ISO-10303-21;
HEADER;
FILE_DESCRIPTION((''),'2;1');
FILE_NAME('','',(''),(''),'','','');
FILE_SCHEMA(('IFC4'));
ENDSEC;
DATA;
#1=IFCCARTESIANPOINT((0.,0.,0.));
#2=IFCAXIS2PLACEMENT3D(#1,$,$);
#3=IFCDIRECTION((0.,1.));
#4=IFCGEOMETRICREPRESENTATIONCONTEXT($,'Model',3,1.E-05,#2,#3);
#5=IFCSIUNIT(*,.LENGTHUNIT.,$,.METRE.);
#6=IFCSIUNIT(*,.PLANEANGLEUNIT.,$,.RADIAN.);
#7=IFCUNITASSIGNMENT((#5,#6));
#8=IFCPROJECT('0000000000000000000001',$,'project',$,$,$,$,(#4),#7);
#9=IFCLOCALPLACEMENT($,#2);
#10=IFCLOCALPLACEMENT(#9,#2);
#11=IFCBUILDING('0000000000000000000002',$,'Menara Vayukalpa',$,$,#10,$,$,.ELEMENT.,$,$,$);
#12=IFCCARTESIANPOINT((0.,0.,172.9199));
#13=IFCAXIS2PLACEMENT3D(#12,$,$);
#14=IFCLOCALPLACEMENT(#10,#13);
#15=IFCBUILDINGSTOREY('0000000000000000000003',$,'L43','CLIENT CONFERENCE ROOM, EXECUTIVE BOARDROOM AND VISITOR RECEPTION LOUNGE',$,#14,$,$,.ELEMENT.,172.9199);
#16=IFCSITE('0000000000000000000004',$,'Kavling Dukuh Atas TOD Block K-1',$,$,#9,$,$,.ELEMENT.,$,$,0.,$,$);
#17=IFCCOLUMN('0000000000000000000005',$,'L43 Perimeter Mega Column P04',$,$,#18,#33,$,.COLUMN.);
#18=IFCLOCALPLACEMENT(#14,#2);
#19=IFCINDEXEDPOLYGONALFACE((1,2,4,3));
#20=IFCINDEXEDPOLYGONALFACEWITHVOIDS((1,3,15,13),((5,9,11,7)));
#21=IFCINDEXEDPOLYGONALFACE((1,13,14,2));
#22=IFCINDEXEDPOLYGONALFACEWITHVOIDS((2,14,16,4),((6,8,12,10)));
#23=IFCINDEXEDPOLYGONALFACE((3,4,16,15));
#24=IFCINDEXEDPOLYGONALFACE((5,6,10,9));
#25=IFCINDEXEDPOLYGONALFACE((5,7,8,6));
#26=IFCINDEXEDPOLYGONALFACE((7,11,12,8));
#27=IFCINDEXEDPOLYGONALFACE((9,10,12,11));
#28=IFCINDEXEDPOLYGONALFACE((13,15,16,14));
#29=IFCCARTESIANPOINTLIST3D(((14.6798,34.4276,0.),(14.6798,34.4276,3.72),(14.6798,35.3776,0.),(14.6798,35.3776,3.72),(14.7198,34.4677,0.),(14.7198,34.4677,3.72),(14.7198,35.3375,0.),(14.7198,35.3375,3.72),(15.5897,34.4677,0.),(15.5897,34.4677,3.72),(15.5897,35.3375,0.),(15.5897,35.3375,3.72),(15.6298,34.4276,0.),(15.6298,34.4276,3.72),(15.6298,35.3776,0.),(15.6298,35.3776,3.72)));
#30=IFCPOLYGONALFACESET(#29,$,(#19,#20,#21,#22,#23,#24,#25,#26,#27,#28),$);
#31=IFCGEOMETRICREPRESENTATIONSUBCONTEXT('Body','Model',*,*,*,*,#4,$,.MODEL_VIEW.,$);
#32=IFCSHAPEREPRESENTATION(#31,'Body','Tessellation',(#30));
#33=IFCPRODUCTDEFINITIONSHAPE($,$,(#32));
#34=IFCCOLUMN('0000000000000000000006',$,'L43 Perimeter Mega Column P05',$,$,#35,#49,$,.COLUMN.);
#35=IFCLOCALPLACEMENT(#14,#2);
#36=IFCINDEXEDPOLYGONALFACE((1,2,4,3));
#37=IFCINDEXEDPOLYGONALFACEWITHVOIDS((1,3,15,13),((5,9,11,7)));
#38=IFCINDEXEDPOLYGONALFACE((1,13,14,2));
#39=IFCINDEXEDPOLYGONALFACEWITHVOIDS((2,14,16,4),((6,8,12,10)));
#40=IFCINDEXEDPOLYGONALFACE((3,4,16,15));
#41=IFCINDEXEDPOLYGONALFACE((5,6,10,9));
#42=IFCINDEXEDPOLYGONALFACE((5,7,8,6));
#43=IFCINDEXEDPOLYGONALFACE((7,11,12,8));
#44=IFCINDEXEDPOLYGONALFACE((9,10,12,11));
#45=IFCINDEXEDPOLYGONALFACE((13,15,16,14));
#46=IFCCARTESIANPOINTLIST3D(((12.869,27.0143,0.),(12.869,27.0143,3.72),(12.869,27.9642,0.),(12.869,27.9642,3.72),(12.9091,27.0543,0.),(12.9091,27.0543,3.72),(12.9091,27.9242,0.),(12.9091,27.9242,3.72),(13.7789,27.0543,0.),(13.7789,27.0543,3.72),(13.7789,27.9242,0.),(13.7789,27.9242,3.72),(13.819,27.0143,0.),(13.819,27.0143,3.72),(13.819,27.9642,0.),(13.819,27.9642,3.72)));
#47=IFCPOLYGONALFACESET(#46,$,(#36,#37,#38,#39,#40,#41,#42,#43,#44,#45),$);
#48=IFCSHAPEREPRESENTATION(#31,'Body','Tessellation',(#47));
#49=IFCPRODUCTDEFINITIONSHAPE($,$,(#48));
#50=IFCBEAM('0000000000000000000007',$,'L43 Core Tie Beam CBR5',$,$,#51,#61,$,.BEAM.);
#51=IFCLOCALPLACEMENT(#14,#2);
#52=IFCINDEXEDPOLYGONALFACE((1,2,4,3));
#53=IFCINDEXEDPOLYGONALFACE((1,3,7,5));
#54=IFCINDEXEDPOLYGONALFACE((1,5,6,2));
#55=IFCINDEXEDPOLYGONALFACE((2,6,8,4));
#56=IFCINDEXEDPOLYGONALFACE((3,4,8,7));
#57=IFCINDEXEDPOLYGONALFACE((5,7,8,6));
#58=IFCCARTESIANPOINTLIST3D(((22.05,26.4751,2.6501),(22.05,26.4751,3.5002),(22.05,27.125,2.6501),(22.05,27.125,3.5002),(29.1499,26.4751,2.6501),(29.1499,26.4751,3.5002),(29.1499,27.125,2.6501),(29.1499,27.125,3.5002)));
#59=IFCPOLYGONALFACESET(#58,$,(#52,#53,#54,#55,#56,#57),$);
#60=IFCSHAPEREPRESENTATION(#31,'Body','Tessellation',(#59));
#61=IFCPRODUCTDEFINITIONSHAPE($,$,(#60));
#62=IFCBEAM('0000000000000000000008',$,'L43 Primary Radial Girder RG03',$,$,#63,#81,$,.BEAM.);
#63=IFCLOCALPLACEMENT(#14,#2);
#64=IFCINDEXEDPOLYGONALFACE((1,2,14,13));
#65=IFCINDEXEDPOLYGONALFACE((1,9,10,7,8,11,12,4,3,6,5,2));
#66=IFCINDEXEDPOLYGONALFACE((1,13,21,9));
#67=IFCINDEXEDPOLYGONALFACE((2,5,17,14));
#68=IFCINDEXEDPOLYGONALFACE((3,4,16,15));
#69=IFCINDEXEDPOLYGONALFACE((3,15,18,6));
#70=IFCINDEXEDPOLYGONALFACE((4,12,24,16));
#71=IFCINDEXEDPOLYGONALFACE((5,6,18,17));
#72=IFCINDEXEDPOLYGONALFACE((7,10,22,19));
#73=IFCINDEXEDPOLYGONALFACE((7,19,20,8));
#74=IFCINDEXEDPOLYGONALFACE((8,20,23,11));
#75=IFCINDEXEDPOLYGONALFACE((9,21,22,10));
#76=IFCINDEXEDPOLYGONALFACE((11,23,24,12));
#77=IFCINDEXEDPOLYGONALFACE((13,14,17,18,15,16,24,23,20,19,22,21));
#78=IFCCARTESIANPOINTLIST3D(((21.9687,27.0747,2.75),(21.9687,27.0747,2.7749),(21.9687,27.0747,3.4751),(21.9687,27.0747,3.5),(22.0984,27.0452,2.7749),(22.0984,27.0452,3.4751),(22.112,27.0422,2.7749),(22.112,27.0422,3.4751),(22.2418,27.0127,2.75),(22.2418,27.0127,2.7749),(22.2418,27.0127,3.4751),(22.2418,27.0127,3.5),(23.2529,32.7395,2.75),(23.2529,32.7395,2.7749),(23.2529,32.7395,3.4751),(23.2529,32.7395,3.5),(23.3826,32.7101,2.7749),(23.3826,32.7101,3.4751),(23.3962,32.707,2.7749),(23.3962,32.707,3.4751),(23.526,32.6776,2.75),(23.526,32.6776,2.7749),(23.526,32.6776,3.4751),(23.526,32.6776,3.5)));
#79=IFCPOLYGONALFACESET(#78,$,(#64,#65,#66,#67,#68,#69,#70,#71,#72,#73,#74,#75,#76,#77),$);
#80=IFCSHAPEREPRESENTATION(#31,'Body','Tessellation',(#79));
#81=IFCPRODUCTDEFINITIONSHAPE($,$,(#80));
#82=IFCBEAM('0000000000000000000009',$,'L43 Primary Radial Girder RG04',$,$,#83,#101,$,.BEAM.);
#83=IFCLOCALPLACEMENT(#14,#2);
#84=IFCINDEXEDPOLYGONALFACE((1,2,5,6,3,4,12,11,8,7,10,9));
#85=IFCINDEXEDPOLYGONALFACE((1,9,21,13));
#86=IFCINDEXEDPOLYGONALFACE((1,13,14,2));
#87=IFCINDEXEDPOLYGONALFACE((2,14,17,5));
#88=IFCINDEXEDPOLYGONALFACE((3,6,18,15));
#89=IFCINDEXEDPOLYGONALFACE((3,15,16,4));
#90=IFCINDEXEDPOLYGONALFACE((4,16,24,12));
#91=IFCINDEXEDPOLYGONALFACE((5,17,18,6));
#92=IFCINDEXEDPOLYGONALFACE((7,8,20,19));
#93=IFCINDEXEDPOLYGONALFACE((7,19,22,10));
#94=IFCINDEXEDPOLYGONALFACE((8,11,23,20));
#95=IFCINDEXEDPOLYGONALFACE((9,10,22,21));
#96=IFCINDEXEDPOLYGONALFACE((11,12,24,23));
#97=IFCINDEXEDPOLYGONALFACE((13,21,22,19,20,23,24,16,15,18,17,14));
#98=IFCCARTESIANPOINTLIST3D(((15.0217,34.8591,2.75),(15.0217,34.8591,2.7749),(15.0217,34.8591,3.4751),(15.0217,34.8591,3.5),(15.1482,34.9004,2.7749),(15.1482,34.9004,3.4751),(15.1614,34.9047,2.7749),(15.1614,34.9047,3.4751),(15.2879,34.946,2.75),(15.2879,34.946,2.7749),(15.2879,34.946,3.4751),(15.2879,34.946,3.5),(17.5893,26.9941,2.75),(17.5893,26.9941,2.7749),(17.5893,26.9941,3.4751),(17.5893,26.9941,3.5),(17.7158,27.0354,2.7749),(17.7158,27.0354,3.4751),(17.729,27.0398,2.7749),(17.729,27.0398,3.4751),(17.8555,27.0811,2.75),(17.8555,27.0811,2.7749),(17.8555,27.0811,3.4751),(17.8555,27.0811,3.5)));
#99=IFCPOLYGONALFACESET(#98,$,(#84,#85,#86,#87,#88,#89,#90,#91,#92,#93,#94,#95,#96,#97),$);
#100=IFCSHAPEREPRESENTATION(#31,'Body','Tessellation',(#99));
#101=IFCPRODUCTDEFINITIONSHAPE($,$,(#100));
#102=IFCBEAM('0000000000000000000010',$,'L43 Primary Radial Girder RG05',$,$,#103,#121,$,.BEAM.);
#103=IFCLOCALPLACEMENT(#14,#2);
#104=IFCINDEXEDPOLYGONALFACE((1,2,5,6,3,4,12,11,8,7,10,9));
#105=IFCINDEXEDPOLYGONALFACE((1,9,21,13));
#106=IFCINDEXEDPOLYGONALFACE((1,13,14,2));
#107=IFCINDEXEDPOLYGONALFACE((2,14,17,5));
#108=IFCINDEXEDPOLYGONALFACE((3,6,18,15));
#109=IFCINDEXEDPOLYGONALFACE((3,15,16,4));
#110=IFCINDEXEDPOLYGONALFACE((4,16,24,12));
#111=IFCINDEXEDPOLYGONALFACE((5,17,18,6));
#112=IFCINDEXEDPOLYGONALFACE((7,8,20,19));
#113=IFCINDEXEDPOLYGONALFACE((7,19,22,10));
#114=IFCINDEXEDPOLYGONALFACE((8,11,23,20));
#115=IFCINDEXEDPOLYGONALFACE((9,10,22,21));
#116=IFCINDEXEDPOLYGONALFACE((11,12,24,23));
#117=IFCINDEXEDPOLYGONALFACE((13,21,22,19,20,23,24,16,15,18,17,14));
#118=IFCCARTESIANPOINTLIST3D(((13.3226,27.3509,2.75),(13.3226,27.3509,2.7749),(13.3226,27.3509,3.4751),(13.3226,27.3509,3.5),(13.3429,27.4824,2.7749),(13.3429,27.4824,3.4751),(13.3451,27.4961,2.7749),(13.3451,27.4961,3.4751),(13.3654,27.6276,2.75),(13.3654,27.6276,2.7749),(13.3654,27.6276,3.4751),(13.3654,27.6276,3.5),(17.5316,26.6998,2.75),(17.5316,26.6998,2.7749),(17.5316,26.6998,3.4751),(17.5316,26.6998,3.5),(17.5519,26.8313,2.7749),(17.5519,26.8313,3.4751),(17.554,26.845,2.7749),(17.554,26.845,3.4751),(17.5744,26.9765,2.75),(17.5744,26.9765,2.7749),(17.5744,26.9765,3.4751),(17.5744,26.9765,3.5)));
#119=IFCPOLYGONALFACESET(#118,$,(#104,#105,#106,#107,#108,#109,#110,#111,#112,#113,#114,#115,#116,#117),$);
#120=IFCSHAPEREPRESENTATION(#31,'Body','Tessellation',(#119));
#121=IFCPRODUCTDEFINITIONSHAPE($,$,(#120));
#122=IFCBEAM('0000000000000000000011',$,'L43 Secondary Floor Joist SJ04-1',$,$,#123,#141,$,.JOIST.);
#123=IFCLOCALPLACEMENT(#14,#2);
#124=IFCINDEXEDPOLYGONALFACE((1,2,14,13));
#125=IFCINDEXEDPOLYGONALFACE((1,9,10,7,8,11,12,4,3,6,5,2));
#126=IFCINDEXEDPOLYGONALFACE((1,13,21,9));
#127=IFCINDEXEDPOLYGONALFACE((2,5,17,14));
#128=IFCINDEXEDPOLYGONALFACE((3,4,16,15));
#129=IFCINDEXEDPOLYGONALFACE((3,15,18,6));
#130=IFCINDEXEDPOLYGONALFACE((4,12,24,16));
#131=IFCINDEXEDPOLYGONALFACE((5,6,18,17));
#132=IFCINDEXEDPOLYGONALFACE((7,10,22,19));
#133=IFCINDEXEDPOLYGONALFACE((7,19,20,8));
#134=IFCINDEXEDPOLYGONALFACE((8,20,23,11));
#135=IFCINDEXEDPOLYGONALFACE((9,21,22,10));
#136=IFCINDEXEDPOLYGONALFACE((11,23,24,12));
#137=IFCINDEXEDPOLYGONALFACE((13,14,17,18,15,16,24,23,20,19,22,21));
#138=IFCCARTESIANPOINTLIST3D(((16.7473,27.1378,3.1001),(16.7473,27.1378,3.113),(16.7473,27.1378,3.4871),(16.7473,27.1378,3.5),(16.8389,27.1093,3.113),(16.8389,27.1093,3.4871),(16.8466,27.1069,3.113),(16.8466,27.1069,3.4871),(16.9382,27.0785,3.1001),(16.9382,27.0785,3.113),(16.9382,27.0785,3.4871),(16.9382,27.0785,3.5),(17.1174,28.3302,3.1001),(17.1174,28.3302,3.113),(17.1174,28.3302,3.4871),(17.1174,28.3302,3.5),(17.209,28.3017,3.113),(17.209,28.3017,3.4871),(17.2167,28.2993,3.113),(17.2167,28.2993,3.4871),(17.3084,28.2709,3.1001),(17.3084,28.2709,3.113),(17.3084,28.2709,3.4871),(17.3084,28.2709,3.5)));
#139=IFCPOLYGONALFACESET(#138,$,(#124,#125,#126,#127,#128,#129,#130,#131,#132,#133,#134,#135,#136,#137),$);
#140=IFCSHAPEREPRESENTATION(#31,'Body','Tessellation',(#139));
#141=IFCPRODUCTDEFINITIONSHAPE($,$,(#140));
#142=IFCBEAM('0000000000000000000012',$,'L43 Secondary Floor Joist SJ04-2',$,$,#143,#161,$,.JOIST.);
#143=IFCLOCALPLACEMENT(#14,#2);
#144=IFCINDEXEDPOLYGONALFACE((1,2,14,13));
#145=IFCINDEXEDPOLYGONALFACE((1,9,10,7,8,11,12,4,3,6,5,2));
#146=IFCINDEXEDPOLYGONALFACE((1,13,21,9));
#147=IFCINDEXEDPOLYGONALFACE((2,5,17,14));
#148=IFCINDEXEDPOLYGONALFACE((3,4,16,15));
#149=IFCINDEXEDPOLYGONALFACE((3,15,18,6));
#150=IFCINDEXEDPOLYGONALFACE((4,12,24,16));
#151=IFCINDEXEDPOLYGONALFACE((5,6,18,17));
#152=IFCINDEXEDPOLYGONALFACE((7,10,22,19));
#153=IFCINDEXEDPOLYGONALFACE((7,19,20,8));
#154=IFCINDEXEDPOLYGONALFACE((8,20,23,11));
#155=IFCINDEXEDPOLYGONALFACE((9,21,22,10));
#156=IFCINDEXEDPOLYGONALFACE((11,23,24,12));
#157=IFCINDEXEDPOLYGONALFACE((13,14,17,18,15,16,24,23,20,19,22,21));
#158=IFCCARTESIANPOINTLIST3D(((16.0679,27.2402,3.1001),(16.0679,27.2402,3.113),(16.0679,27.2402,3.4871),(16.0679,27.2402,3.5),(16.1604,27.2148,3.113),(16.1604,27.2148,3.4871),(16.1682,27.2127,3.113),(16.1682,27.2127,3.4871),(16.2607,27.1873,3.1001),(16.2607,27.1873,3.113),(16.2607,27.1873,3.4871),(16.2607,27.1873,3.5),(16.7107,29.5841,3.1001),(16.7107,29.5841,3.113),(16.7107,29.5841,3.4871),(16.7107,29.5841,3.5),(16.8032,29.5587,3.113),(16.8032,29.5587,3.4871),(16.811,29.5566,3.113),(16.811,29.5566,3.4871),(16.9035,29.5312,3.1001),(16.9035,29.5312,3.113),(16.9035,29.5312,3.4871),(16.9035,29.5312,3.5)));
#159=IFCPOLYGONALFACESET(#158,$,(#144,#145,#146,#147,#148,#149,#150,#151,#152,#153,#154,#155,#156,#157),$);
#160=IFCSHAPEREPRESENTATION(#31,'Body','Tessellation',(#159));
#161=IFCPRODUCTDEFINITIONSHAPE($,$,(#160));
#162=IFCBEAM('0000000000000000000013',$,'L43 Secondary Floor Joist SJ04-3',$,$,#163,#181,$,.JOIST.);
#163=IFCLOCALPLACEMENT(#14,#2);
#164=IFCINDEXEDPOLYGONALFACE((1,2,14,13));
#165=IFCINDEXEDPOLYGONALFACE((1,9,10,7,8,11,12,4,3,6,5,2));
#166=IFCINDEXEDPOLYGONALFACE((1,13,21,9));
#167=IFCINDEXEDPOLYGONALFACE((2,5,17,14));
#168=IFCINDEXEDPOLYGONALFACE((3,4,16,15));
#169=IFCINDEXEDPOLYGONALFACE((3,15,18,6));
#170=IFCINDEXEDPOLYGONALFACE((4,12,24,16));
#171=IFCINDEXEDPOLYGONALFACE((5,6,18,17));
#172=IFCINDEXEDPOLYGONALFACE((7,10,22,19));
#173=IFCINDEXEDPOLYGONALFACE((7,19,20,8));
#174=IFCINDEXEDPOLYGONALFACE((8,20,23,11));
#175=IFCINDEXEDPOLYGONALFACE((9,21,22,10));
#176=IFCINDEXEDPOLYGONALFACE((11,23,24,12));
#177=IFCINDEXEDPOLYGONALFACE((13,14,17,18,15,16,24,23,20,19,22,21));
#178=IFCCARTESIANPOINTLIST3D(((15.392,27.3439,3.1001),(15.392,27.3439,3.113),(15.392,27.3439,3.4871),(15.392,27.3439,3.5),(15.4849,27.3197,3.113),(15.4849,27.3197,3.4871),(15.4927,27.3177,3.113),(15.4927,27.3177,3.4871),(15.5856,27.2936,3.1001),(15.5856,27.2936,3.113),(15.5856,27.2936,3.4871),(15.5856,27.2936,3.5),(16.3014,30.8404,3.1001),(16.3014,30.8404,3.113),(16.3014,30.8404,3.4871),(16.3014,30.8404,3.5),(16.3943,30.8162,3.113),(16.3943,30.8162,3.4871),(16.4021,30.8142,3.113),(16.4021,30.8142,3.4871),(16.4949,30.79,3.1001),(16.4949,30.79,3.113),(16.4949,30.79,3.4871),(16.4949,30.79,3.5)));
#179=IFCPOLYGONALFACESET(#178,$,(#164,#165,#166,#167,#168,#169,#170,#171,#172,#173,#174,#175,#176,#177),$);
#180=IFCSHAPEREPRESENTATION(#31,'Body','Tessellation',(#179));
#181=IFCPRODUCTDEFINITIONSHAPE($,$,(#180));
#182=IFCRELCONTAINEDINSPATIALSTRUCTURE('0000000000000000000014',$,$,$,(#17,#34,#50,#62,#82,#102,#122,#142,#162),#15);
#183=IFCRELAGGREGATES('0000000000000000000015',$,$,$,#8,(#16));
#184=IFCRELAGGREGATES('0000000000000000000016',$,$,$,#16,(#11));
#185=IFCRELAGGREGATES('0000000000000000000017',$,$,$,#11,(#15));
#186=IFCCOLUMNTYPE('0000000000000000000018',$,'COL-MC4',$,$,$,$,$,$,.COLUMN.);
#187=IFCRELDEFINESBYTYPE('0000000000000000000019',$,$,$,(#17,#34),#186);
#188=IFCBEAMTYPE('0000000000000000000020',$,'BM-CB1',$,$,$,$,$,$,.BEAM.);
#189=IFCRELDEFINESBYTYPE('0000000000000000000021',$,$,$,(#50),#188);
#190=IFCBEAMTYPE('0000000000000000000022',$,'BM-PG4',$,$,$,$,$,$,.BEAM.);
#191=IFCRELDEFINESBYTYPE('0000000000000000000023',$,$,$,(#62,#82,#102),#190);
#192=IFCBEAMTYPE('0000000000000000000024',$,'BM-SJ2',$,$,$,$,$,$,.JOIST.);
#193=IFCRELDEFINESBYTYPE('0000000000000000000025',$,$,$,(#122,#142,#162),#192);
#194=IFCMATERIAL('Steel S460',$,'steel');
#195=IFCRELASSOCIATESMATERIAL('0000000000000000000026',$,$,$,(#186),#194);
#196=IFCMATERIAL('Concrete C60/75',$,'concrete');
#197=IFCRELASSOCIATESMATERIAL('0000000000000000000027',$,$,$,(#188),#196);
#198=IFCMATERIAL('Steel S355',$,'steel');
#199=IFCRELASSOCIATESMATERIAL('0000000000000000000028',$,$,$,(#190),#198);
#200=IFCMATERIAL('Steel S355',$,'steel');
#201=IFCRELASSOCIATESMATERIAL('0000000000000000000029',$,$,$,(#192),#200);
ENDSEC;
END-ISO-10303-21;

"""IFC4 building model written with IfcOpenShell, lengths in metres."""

from ifc_helpers import new_model, si_unit, direction, frame, origin, origin_2d, place, context, subcontext, project, spatial, rectangle, hollow_rectangle, i_section, extrude, material, material_profile, profile_set, type_object, element, save


model = new_model("IFC4")

# Units and contexts
model_context = context("Model", 3, precision=1e-05, world=origin(), true_north=direction((0.0, 1.0)))
body_context = subcontext(model_context, "Body", "Model", "MODEL_VIEW")
ifc_project = project(units=[si_unit("LENGTHUNIT", "METRE"), si_unit("PLANEANGLEUNIT", "RADIAN")], contexts=[model_context])

# Site, building, storey
site_placement = place(None, origin())
site = spatial("IfcSite", under=ifc_project, at=site_placement, Name="Kavling Dukuh Atas TOD Block K-1", CompositionType="ELEMENT", RefElevation=0.0)
building_placement = place(site_placement, origin())
building = spatial("IfcBuilding", under=site, at=building_placement, Name="Menara Vayukalpa", CompositionType="ELEMENT")
storey_placement = place(building_placement, frame((0.0, 0.0, 172.9199)))
storey = spatial("IfcBuildingStorey", under=building, at=storey_placement, Name="L43", Description="CLIENT CONFERENCE ROOM, EXECUTIVE BOARDROOM AND VISITOR RECEPTION LOUNGE", CompositionType="ELEMENT", Elevation=172.9199)

# Columns
ifc_material_1 = material(Name="Steel S460", Category="steel")
ifc_material_profile_1 = material_profile(ifc_material_1, hollow_rectangle(XDim=0.95, YDim=0.95, WallThickness=0.04, at=origin_2d()), Name="BOX 950x950x40")
ifc_profile_set_1 = profile_set([ifc_material_profile_1], Name="Steel S460")
column_type = type_object("IfcColumnType", Name="COL-MC4", PredefinedType="COLUMN", material=ifc_profile_set_1)
for number, where, z_axis, x_axis, name in (
    (1, (15.1548, 34.9026, 0.0), (0.0, 0.0, 1.0), (1.0, 0.0, 0.0), "L43 Perimeter Mega Column P04"),
    (2, (13.344, 27.4893, 0.0), (0.0, 0.0, 1.0), (1.0, 0.0, 0.0), "L43 Perimeter Mega Column P05"),
):
    element("IfcColumn", number, at=place(storey_placement, frame(where, z_axis=z_axis, x_axis=x_axis)), inside=storey, type_object=column_type, Name=name, PredefinedType="COLUMN", context=body_context, shape_type="SweptSolid", body=[
        extrude(hollow_rectangle(XDim=0.95, YDim=0.95, WallThickness=0.04, at=origin_2d()), origin(), (0.0, 0.0, 1.0), 3.72),
    ])

# Beams
ifc_material_2 = material(Name="Concrete C60/75", Category="concrete")
ifc_material_profile_2 = material_profile(ifc_material_2, rectangle(XDim=0.6499, YDim=0.8501, at=origin_2d()), Name="RC 650x850")
ifc_profile_set_2 = profile_set([ifc_material_profile_2], Name="Concrete C60/75")
beam_type_1 = type_object("IfcBeamType", Name="BM-CB1", PredefinedType="BEAM", material=ifc_profile_set_2)
beam_1_placement = place(storey_placement, frame((22.05, 26.8, 3.0752), z_axis=(1.0, 0.0, 0.0), x_axis=(0.0, 1.0, 0.0)))
element("IfcBeam", 3, at=beam_1_placement, inside=storey, type_object=beam_type_1, Name="L43 Core Tie Beam CBR5", PredefinedType="BEAM", context=body_context, shape_type="SweptSolid", body=[
    extrude(rectangle(XDim=0.6499, YDim=0.8501, at=origin_2d()), origin(), (0.0, 0.0, 1.0), 7.0999),
])
ifc_material_3 = material(Name="Steel S355", Category="steel")
ifc_material_profile_3 = material_profile(ifc_material_3, i_section(OverallWidth=0.28, OverallDepth=0.75, WebThickness=0.0139, FlangeThickness=0.0249, at=origin_2d()), Name="WF 750x280x14x25")
ifc_profile_set_3 = profile_set([ifc_material_profile_3], Name="Steel S355")
beam_type_2 = type_object("IfcBeamType", Name="BM-PG4", PredefinedType="BEAM", material=ifc_profile_set_3)
beam_2_placement = place(storey_placement, frame((22.1052, 27.0437, 3.125), z_axis=(0.221085, 0.975255, 0.0), x_axis=(-0.975255, 0.221085, 0.0)))
element("IfcBeam", 4, at=beam_2_placement, inside=storey, type_object=beam_type_2, Name="L43 Primary Radial Girder RG03", PredefinedType="BEAM", context=body_context, shape_type="SweptSolid", body=[
    extrude(i_section(OverallWidth=0.28, OverallDepth=0.75, WebThickness=0.0139, FlangeThickness=0.0249, at=origin_2d()), origin(), (0.0, 0.0, 1.0), 5.8086),
])
beam_3_placement = place(storey_placement, frame((17.7224, 27.0376, 3.125), z_axis=(-0.310344, 0.950624, 0.0), x_axis=(-0.950624, -0.310344, 0.0)))
element("IfcBeam", 5, at=beam_3_placement, inside=storey, type_object=beam_type_2, Name="L43 Primary Radial Girder RG04", PredefinedType="BEAM", context=body_context, shape_type="SweptSolid", body=[
    extrude(i_section(OverallWidth=0.28, OverallDepth=0.75, WebThickness=0.0139, FlangeThickness=0.0249, at=origin_2d()), origin(), (0.0, 0.0, 1.0), 8.2734),
])
beam_4_placement = place(storey_placement, frame((17.553, 26.8381, 3.125), z_axis=(-0.988245, 0.15288, 0.0), x_axis=(-0.15288, -0.988245, 0.0)))
element("IfcBeam", 6, at=beam_4_placement, inside=storey, type_object=beam_type_2, Name="L43 Primary Radial Girder RG05", PredefinedType="BEAM", context=body_context, shape_type="SweptSolid", body=[
    extrude(i_section(OverallWidth=0.28, OverallDepth=0.75, WebThickness=0.0139, FlangeThickness=0.0249, at=origin_2d()), origin(), (0.0, 0.0, 1.0), 4.259),
])
ifc_material_4 = material(Name="Steel S355", Category="steel")
ifc_material_profile_4 = material_profile(ifc_material_4, i_section(OverallWidth=0.2, OverallDepth=0.3999, WebThickness=0.0081, FlangeThickness=0.0129, at=origin_2d()), Name="WF 400x200x8x13")
ifc_profile_set_4 = profile_set([ifc_material_profile_4], Name="Steel S355")
beam_type_3 = type_object("IfcBeamType", Name="BM-SJ2", PredefinedType="JOIST", material=ifc_profile_set_4)
beam_5_placement = place(storey_placement, frame((17.2129, 28.3005, 3.3), z_axis=(-0.296448, -0.955049, 0.0), x_axis=(0.955049, -0.296448, 0.0)))
element("IfcBeam", 7, at=beam_5_placement, inside=storey, type_object=beam_type_3, Name="L43 Secondary Floor Joist SJ04-1", PredefinedType="JOIST", context=body_context, shape_type="SweptSolid", body=[
    extrude(i_section(OverallWidth=0.2, OverallDepth=0.3999, WebThickness=0.0081, FlangeThickness=0.0129, at=origin_2d()), origin(), (0.0, 0.0, 1.0), 1.2485),
])
beam_6_placement = place(storey_placement, frame((16.8071, 29.5576, 3.3), z_axis=(-0.264503, -0.964385, 0.0), x_axis=(0.964385, -0.264503, 0.0)))
element("IfcBeam", 8, at=beam_6_placement, inside=storey, type_object=beam_type_3, Name="L43 Secondary Floor Joist SJ04-2", PredefinedType="JOIST", context=body_context, shape_type="SweptSolid", body=[
    extrude(i_section(OverallWidth=0.2, OverallDepth=0.3999, WebThickness=0.0081, FlangeThickness=0.0129, at=origin_2d()), origin(), (0.0, 0.0, 1.0), 2.4304),
])
beam_7_placement = place(storey_placement, frame((16.3982, 30.8152, 3.3), z_axis=(-0.251715, -0.967801, 0.0), x_axis=(0.967801, -0.251715, 0.0)))
element("IfcBeam", 9, at=beam_7_placement, inside=storey, type_object=beam_type_3, Name="L43 Secondary Floor Joist SJ04-3", PredefinedType="JOIST", context=body_context, shape_type="SweptSolid", body=[
    extrude(i_section(OverallWidth=0.2, OverallDepth=0.3999, WebThickness=0.0081, FlangeThickness=0.0129, at=origin_2d()), origin(), (0.0, 0.0, 1.0), 3.6128),
])

save(model, "model.ifc")
